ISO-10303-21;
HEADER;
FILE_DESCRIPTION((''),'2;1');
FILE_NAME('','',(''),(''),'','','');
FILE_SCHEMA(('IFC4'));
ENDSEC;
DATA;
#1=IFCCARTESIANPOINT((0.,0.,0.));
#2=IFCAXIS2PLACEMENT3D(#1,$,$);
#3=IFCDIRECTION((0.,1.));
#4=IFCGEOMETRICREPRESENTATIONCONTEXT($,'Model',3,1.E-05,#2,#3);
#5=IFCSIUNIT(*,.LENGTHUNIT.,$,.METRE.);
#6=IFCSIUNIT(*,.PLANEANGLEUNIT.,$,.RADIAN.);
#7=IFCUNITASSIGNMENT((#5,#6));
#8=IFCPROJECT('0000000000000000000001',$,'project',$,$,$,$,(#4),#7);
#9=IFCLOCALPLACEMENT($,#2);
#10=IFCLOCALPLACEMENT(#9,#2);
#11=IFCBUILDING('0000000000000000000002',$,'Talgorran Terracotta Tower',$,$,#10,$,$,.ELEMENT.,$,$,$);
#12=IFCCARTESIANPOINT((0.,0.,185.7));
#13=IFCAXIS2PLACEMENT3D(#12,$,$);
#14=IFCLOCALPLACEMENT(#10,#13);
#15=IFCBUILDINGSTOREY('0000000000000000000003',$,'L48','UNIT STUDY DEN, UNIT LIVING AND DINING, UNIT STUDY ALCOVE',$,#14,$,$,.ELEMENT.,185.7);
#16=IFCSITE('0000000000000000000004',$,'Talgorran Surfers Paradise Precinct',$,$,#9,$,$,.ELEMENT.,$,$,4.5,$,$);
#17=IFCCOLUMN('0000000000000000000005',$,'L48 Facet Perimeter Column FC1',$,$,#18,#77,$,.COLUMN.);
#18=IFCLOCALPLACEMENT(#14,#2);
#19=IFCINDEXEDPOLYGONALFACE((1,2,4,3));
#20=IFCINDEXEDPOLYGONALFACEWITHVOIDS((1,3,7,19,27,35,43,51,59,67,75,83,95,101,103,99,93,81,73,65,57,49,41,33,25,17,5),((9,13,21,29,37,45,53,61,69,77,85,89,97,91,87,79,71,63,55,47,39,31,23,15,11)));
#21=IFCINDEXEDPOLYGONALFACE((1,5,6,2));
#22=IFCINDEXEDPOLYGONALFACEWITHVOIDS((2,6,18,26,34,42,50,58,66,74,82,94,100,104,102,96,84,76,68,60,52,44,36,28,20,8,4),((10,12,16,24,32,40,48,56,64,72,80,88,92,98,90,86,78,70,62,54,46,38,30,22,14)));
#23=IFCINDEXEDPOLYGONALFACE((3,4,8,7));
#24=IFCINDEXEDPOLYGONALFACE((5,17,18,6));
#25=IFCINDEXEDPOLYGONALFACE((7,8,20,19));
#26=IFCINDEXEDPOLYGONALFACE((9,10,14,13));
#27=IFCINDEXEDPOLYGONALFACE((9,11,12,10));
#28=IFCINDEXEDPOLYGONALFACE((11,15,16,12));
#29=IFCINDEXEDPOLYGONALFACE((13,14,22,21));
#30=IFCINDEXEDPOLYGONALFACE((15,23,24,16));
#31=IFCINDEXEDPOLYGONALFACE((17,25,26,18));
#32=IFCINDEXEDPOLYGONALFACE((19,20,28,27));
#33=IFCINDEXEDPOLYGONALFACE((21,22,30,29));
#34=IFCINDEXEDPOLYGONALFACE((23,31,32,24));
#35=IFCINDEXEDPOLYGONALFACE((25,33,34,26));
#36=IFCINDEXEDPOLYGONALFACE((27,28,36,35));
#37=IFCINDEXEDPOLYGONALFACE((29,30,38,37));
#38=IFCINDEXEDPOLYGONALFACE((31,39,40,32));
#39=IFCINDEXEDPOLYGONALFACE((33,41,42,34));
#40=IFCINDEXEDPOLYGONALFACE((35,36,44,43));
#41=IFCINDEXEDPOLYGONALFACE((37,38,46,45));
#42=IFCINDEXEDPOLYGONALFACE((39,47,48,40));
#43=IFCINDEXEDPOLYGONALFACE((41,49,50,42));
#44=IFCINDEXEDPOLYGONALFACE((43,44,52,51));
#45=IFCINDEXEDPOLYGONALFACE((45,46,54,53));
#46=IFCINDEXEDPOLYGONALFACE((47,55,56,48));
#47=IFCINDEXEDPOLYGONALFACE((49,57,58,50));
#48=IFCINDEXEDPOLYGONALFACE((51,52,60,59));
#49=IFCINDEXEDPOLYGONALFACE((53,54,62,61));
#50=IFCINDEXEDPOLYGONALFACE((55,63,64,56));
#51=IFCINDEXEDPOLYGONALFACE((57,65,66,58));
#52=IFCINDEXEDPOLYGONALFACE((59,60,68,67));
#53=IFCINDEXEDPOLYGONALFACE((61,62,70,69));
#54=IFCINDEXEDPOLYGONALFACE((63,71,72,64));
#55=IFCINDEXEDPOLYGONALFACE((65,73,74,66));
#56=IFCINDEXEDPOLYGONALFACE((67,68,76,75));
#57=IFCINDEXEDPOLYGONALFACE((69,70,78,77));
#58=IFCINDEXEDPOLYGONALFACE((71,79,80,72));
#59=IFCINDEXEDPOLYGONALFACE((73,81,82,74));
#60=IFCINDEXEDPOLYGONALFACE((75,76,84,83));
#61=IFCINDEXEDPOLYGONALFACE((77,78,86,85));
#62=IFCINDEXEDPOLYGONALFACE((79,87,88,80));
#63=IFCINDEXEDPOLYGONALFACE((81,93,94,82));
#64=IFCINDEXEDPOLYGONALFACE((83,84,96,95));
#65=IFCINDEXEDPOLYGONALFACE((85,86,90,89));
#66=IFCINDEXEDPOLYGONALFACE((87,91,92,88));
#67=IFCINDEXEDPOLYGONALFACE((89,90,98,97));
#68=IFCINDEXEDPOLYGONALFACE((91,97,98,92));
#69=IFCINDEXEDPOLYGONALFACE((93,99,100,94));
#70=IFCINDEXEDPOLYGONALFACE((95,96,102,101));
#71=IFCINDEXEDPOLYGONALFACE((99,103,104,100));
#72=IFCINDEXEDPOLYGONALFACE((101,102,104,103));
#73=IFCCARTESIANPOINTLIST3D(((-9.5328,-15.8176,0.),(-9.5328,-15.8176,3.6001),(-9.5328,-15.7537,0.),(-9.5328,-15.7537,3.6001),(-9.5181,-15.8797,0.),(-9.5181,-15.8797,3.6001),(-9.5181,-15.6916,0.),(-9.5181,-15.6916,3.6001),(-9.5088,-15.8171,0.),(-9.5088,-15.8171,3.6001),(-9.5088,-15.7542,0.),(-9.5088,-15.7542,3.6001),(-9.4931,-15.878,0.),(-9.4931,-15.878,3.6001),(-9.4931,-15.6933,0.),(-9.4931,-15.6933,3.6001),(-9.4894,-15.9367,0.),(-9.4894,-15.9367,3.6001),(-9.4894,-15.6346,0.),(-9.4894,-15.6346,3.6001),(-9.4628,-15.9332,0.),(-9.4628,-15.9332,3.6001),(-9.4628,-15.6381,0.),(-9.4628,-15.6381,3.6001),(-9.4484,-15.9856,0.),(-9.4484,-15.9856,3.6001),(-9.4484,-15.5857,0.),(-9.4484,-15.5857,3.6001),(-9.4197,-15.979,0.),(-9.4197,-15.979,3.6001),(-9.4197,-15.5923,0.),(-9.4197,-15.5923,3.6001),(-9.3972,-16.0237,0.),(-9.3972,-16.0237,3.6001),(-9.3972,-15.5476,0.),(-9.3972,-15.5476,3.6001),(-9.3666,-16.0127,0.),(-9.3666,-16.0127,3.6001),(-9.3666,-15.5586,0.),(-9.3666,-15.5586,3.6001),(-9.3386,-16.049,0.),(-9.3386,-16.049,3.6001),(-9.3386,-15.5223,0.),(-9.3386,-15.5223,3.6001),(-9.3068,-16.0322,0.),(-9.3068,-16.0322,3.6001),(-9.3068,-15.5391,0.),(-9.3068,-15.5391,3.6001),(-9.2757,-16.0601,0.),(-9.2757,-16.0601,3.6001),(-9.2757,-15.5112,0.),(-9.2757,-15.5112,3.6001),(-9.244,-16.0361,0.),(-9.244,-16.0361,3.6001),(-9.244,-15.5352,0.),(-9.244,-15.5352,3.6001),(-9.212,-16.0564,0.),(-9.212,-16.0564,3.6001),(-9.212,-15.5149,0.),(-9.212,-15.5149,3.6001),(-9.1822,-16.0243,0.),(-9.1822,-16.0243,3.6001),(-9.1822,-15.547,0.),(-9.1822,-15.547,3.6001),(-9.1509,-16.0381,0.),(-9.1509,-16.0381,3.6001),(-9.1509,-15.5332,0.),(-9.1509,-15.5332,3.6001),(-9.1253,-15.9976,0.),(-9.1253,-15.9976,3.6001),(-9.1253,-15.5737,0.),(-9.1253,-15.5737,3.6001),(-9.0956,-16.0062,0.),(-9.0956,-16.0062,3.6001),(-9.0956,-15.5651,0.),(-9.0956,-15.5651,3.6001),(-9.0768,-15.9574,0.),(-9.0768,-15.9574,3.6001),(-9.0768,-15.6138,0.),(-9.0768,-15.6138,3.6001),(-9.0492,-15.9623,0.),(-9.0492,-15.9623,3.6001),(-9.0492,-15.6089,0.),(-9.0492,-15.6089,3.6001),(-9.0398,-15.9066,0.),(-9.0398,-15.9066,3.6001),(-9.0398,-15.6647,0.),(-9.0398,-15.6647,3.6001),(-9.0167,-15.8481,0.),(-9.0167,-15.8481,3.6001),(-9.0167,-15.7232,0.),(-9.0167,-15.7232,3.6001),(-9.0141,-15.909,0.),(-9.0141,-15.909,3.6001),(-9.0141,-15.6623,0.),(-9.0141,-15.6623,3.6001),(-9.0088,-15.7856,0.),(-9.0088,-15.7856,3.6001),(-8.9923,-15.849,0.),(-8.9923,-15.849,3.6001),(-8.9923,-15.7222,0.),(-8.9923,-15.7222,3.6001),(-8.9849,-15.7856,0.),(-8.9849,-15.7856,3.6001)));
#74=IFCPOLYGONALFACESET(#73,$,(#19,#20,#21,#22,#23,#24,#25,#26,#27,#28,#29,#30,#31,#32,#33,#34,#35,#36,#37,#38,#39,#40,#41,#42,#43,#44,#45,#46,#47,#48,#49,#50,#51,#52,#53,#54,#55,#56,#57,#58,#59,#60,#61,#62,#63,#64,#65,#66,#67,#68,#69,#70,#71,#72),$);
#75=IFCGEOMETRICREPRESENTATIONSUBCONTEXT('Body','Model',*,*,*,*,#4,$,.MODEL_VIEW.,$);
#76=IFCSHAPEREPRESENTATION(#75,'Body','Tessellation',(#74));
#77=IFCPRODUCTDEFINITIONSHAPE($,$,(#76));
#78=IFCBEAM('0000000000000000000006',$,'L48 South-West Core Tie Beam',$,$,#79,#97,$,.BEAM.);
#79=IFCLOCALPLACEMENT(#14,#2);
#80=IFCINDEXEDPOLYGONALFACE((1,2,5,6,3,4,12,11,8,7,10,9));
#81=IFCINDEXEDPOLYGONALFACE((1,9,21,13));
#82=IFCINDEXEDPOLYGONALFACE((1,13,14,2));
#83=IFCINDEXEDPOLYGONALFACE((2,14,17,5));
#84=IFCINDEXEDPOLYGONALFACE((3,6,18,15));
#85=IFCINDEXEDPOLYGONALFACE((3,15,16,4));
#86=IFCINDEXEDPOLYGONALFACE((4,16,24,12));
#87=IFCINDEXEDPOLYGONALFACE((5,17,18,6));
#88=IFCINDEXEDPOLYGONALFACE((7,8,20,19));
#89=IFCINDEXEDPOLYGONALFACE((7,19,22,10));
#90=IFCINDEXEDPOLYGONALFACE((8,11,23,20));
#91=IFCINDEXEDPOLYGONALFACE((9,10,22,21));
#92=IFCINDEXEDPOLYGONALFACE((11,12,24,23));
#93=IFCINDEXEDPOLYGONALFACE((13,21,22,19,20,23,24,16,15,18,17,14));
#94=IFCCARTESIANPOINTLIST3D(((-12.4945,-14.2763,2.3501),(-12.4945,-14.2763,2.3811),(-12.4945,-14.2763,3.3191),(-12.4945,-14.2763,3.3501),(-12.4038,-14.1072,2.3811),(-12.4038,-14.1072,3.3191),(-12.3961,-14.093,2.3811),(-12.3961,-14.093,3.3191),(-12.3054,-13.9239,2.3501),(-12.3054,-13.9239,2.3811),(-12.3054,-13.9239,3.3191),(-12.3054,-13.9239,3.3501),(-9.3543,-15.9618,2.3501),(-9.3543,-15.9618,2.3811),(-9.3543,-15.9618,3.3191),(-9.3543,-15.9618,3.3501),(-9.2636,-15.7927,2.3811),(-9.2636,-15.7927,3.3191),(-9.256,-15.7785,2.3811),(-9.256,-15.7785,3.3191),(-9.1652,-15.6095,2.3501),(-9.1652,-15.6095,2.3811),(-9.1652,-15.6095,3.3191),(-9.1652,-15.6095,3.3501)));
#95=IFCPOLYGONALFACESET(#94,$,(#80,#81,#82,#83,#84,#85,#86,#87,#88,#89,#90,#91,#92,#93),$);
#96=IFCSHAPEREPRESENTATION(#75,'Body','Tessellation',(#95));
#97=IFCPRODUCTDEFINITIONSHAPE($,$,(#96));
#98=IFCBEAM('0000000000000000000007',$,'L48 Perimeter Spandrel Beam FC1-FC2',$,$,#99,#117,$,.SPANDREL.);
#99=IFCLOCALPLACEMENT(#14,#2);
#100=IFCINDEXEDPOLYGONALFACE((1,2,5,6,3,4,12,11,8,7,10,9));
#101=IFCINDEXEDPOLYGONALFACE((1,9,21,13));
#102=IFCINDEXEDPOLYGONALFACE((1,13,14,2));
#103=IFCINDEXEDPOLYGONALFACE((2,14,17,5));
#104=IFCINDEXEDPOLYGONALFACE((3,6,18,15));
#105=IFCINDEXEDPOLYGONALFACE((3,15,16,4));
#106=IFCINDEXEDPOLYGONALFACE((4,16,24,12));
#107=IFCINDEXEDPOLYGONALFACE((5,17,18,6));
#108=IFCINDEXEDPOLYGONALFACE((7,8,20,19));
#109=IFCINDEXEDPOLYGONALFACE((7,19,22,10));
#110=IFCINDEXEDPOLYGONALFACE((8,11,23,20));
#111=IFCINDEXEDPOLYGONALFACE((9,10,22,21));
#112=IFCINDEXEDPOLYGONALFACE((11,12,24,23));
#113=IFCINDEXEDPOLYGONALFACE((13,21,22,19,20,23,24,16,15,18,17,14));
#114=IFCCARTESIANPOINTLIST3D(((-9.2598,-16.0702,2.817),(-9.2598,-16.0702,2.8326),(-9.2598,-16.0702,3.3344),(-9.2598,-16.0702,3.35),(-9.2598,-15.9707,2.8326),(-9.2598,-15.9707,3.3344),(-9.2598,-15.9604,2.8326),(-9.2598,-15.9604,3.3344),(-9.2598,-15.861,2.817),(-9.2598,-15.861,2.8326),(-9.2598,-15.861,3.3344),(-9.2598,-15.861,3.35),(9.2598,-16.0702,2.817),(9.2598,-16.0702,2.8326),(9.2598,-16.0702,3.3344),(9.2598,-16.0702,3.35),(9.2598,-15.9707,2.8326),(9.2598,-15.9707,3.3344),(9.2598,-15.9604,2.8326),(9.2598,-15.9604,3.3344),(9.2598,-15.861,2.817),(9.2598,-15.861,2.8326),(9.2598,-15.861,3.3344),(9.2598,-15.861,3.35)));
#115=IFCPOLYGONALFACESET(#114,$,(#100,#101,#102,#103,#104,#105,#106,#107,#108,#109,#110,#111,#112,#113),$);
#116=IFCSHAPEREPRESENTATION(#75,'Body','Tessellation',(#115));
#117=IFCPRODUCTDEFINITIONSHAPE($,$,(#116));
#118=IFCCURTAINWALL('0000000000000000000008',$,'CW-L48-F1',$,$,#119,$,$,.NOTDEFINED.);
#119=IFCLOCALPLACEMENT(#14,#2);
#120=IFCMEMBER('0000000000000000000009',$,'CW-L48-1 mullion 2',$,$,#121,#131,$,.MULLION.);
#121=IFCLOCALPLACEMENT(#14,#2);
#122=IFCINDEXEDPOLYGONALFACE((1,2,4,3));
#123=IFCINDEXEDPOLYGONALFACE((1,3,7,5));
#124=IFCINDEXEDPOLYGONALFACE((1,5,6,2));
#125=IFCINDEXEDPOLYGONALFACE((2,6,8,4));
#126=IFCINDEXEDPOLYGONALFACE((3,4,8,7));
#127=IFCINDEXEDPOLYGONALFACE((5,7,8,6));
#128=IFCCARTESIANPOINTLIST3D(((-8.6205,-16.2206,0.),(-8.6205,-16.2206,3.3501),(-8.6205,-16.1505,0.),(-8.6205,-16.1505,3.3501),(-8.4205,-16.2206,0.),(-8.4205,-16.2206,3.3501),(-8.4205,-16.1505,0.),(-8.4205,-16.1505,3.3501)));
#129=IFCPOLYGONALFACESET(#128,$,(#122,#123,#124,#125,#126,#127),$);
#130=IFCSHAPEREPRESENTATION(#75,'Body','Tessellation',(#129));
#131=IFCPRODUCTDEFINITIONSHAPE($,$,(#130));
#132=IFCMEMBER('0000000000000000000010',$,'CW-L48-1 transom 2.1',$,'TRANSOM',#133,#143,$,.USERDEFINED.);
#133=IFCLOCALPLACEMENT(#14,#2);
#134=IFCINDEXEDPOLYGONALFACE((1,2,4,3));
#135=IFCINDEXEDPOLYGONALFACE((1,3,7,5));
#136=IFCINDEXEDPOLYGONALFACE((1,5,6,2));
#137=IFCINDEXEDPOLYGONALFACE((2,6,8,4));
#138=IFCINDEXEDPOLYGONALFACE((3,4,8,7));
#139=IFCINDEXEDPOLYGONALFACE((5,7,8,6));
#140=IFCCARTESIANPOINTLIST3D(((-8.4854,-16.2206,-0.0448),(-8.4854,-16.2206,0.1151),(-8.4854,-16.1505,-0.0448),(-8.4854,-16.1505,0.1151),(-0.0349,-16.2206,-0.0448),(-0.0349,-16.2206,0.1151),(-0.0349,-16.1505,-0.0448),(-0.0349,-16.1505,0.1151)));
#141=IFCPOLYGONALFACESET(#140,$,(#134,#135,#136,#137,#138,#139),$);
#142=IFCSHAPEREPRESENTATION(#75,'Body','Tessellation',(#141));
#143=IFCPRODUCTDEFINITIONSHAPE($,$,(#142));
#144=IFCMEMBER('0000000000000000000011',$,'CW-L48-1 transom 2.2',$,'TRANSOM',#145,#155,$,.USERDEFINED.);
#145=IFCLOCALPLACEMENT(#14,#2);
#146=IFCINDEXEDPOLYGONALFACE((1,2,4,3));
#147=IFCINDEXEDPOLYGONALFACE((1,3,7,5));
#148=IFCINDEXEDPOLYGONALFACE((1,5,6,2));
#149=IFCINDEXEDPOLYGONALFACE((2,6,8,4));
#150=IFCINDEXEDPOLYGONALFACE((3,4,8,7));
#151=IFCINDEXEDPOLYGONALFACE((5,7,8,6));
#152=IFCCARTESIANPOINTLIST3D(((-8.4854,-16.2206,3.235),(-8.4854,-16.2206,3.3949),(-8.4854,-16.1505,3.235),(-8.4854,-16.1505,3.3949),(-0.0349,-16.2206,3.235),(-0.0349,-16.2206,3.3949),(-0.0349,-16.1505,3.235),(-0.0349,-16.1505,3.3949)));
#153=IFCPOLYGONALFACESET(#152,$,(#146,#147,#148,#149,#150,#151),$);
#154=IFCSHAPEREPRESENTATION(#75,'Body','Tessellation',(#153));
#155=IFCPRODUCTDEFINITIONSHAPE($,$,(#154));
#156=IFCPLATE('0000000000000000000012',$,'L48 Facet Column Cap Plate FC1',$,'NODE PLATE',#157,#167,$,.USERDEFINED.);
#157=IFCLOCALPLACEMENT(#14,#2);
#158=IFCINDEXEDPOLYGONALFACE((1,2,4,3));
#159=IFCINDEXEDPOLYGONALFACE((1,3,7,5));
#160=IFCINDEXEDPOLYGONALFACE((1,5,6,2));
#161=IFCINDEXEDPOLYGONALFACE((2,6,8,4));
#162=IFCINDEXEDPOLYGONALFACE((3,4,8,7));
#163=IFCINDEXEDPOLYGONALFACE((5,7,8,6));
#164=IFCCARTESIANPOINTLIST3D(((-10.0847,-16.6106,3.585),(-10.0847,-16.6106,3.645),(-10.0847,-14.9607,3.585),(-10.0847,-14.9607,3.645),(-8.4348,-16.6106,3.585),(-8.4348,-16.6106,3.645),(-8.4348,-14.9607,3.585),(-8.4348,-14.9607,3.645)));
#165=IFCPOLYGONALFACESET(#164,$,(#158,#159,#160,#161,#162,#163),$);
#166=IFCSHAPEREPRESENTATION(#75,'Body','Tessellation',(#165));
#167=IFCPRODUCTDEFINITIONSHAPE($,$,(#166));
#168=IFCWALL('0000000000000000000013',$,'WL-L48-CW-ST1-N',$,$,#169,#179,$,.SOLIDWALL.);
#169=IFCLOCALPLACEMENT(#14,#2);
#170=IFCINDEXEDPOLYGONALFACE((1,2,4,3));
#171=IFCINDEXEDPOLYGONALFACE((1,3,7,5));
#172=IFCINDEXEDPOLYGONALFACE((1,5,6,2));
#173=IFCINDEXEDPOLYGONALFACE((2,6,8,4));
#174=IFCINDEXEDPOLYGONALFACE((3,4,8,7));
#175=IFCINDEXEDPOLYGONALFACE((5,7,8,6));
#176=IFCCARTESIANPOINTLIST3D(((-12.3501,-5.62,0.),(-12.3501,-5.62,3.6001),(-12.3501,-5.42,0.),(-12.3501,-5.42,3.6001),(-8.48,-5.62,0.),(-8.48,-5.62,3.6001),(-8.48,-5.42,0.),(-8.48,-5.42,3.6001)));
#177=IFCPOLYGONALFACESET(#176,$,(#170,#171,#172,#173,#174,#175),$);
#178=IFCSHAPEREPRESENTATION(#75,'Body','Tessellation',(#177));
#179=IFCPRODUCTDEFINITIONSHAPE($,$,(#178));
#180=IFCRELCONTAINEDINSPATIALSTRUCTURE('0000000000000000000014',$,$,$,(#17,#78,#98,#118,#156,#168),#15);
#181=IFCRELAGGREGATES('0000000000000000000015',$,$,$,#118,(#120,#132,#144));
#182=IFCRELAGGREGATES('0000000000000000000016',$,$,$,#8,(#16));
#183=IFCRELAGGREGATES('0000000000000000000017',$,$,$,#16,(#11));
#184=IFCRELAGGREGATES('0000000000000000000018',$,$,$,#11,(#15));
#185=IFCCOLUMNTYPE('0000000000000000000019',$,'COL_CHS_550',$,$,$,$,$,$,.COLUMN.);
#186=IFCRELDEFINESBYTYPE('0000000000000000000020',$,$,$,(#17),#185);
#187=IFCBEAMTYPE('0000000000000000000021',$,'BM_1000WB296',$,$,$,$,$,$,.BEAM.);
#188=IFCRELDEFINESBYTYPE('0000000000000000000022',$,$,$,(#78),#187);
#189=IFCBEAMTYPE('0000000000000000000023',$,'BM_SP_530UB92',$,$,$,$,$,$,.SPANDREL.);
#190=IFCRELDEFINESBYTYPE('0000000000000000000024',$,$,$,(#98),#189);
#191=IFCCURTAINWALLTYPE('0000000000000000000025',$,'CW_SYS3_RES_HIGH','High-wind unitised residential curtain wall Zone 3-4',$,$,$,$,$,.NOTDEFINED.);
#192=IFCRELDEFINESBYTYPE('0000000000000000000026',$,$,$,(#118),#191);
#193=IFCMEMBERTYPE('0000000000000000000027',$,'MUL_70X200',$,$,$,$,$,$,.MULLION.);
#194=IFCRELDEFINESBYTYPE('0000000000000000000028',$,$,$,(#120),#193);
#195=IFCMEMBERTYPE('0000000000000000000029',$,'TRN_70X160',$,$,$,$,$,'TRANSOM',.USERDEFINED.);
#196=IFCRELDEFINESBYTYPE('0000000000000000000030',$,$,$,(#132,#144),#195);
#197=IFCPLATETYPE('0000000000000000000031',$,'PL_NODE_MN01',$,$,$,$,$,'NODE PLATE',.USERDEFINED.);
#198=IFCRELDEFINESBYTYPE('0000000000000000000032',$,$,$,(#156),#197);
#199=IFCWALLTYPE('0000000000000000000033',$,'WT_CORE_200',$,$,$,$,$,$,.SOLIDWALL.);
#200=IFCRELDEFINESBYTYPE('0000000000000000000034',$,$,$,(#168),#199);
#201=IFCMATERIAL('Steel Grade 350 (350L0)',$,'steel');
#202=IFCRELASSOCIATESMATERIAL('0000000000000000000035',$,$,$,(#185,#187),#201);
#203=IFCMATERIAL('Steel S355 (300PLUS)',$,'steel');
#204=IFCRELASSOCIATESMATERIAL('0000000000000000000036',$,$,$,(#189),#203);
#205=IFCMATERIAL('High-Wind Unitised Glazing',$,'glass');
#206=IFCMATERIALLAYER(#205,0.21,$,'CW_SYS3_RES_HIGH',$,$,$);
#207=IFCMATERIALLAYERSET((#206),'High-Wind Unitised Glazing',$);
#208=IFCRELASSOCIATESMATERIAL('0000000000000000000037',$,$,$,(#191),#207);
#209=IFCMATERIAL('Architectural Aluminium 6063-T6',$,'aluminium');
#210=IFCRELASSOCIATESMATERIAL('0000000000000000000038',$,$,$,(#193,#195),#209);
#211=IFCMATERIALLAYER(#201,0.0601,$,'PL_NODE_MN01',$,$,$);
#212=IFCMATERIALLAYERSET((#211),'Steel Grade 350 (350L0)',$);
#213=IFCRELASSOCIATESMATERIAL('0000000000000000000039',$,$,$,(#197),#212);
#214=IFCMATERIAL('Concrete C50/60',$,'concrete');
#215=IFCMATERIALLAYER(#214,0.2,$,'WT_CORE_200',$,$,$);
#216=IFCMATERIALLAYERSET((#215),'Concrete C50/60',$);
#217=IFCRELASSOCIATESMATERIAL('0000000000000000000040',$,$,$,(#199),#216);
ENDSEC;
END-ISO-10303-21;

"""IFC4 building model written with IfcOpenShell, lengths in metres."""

from ifc_helpers import new_model, si_unit, direction, frame, frame_2d, origin, origin_2d, place, context, subcontext, project, spatial, rectangle, hollow_circle, i_section, extrude, material, layer, layer_set, material_profile, profile_set, type_object, element, aggregate, save


model = new_model("IFC4")

# Units and contexts
model_context = context("Model", 3, precision=1e-05, world=origin(), true_north=direction((0.0, 1.0)))
body_context = subcontext(model_context, "Body", "Model", "MODEL_VIEW")
ifc_project = project(units=[si_unit("LENGTHUNIT", "METRE"), si_unit("PLANEANGLEUNIT", "RADIAN")], contexts=[model_context])

# Site, building, storey
site_placement = place(None, origin())
site = spatial("IfcSite", under=ifc_project, at=site_placement, Name="Talgorran Surfers Paradise Precinct", CompositionType="ELEMENT", RefElevation=4.5)
building_placement = place(site_placement, origin())
building = spatial("IfcBuilding", under=site, at=building_placement, Name="Talgorran Terracotta Tower", CompositionType="ELEMENT")
storey_placement = place(building_placement, frame((0.0, 0.0, 185.7)))
storey = spatial("IfcBuildingStorey", under=building, at=storey_placement, Name="L48", Description="UNIT STUDY DEN, UNIT LIVING AND DINING, UNIT STUDY ALCOVE", CompositionType="ELEMENT", Elevation=185.7)

# Column
ifc_material_1 = material(Name="Steel Grade 350 (350L0)", Category="steel")
ifc_material_profile_1 = material_profile(ifc_material_1, hollow_circle(Radius=0.2749, WallThickness=0.0239, at=origin_2d()), Name="CHS550X24")
ifc_profile_set_1 = profile_set([ifc_material_profile_1], Name="Steel Grade 350 (350L0)")
column_type = type_object("IfcColumnType", Name="COL_CHS_550", PredefinedType="COLUMN", material=ifc_profile_set_1)
column_placement = place(storey_placement, frame((-9.2598, -15.7856, 0.0), z_axis=(0.0, 0.0, 1.0), x_axis=(1.0, 0.0, 0.0)))
element("IfcColumn", 1, at=column_placement, inside=storey, type_object=column_type, Name="L48 Facet Perimeter Column FC1", PredefinedType="COLUMN", context=body_context, shape_type="SweptSolid", body=[
    extrude(hollow_circle(Radius=0.2749, WallThickness=0.0239, at=origin_2d()), origin(), (0.0, 0.0, 1.0), 3.6001),
])

# Beams
ifc_material_profile_2 = material_profile(ifc_material_1, i_section(OverallWidth=0.3999, OverallDepth=1.0, WebThickness=0.0161, FlangeThickness=0.031, at=origin_2d()), Name="1000WB296")
ifc_profile_set_2 = profile_set([ifc_material_profile_2], Name="Steel Grade 350 (350L0)")
beam_type_1 = type_object("IfcBeamType", Name="BM_1000WB296", PredefinedType="BEAM", material=ifc_profile_set_2)
beam_1_placement = place(storey_placement, frame((-9.2598, -15.7856, 2.8501), z_axis=(-0.881091, 0.472947, 0.0), x_axis=(-0.472947, -0.881091, 0.0)))
element("IfcBeam", 2, at=beam_1_placement, inside=storey, type_object=beam_type_1, Name="L48 South-West Core Tie Beam", PredefinedType="BEAM", context=body_context, shape_type="SweptSolid", body=[
    extrude(i_section(OverallWidth=0.3999, OverallDepth=1.0, WebThickness=0.0161, FlangeThickness=0.031, at=origin_2d()), origin(), (0.0, 0.0, 1.0), 3.564),
])
ifc_material_2 = material(Name="Steel S355 (300PLUS)", Category="steel")
ifc_material_profile_3 = material_profile(ifc_material_2, i_section(OverallWidth=0.2092, OverallDepth=0.533, WebThickness=0.0103, FlangeThickness=0.0156, at=origin_2d()), Name="530UB92.4")
ifc_profile_set_3 = profile_set([ifc_material_profile_3], Name="Steel S355 (300PLUS)")
beam_type_2 = type_object("IfcBeamType", Name="BM_SP_530UB92", PredefinedType="SPANDREL", material=ifc_profile_set_3)
beam_2_placement = place(storey_placement, frame((-9.2598, -15.9656, 3.0835), z_axis=(1.0, 0.0, 0.0), x_axis=(0.0, 1.0, 0.0)))
element("IfcBeam", 3, at=beam_2_placement, inside=storey, type_object=beam_type_2, Name="L48 Perimeter Spandrel Beam FC1-FC2", PredefinedType="SPANDREL", context=body_context, shape_type="SweptSolid", body=[
    extrude(i_section(OverallWidth=0.2092, OverallDepth=0.533, WebThickness=0.0103, FlangeThickness=0.0156, at=origin_2d()), origin(), (0.0, 0.0, 1.0), 18.5195),
])

# Curtain wall, members
ifc_material_3 = material(Name="High-Wind Unitised Glazing", Category="glass")
ifc_layer_1 = layer(ifc_material_3, 0.21, Name="CW_SYS3_RES_HIGH")
ifc_layer_set_1 = layer_set([ifc_layer_1], Name="High-Wind Unitised Glazing")
curtain_wall_type = type_object("IfcCurtainWallType", Name="CW_SYS3_RES_HIGH", Description="High-wind unitised residential curtain wall Zone 3-4", PredefinedType="NOTDEFINED", material=ifc_layer_set_1)
curtain_wall_placement = place(storey_placement, origin())
curtain_wall = element("IfcCurtainWall", 4, at=curtain_wall_placement, inside=storey, type_object=curtain_wall_type, Name="CW-L48-F1", PredefinedType="NOTDEFINED")
ifc_material_4 = material(Name="Architectural Aluminium 6063-T6", Category="aluminium")
ifc_material_profile_4 = material_profile(ifc_material_4, rectangle(XDim=0.0701, YDim=0.2, at=origin_2d()), Name="CWM70X200")
ifc_profile_set_4 = profile_set([ifc_material_profile_4], Name="Architectural Aluminium 6063-T6")
member_type_1 = type_object("IfcMemberType", Name="MUL_70X200", PredefinedType="MULLION", material=ifc_profile_set_4)
member_1_placement = place(storey_placement, frame((-8.5205, -16.1855, 0.0), z_axis=(0.0, 0.0, 1.0), x_axis=(0.0, 1.0, 0.0)))
member_1 = element("IfcMember", 5, at=member_1_placement, type_object=member_type_1, Name="CW-L48-1 mullion 2", PredefinedType="MULLION", context=body_context, shape_type="SweptSolid", body=[
    extrude(rectangle(XDim=0.0701, YDim=0.2, at=origin_2d()), origin(), (0.0, 0.0, 1.0), 3.3501),
])
ifc_material_profile_5 = material_profile(ifc_material_4, rectangle(XDim=0.0701, YDim=0.1599, at=origin_2d()), Name="CWT70X160")
ifc_profile_set_5 = profile_set([ifc_material_profile_5], Name="Architectural Aluminium 6063-T6")
member_type_2 = type_object("IfcMemberType", Name="TRN_70X160", ElementType="TRANSOM", PredefinedType="USERDEFINED", material=ifc_profile_set_5)
member_2_placement = place(storey_placement, frame((-8.4854, -16.1855, 0.0352), z_axis=(1.0, 0.0, 0.0), x_axis=(0.0, 1.0, 0.0)))
member_2 = element("IfcMember", 6, at=member_2_placement, type_object=member_type_2, Name="CW-L48-1 transom 2.1", ObjectType="TRANSOM", PredefinedType="USERDEFINED", context=body_context, shape_type="SweptSolid", body=[
    extrude(rectangle(XDim=0.0701, YDim=0.1599, at=origin_2d()), origin(), (0.0, 0.0, 1.0), 8.4504),
])
member_3_placement = place(storey_placement, frame((-8.4854, -16.1855, 3.3149), z_axis=(1.0, 0.0, 0.0), x_axis=(0.0, 1.0, 0.0)))
member_3 = element("IfcMember", 7, at=member_3_placement, type_object=member_type_2, Name="CW-L48-1 transom 2.2", ObjectType="TRANSOM", PredefinedType="USERDEFINED", context=body_context, shape_type="SweptSolid", body=[
    extrude(rectangle(XDim=0.0701, YDim=0.1599, at=origin_2d()), origin(), (0.0, 0.0, 1.0), 8.4504),
])
aggregate(curtain_wall, [member_1, member_2, member_3])

# Plate
ifc_layer_2 = layer(ifc_material_1, 0.0601, Name="PL_NODE_MN01")
ifc_layer_set_2 = layer_set([ifc_layer_2], Name="Steel Grade 350 (350L0)")
plate_type = type_object("IfcPlateType", Name="PL_NODE_MN01", ElementType="NODE PLATE", PredefinedType="USERDEFINED", material=ifc_layer_set_2)
plate_placement = place(storey_placement, frame((-9.2598, -15.7856, 3.585), z_axis=(0.0, 0.0, 1.0), x_axis=(1.0, 0.0, 0.0)))
element("IfcPlate", 8, at=plate_placement, inside=storey, type_object=plate_type, Name="L48 Facet Column Cap Plate FC1", ObjectType="NODE PLATE", PredefinedType="USERDEFINED", context=body_context, shape_type="SweptSolid", body=[
    extrude(rectangle(XDim=1.6499, YDim=1.6499, at=origin_2d()), origin(), (0.0, 0.0, 1.0), 0.0601),
])

# Wall
ifc_material_5 = material(Name="Concrete C50/60", Category="concrete")
ifc_layer_3 = layer(ifc_material_5, 0.2, Name="WT_CORE_200")
ifc_layer_set_3 = layer_set([ifc_layer_3], Name="Concrete C50/60")
wall_type_1 = type_object("IfcWallType", Name="WT_CORE_200", PredefinedType="SOLIDWALL", material=ifc_layer_set_3)
for number, where, z_axis, x_axis, name in (
    (9, (-12.3501, -5.52, 0.0), (0.0, 0.0, 1.0), (1.0, 0.0, 0.0), "WL-L48-CW-ST1-N"),
):
    element("IfcWall", number, at=place(storey_placement, frame(where, z_axis=z_axis, x_axis=x_axis)), inside=storey, type_object=wall_type_1, Name=name, PredefinedType="SOLIDWALL", context=body_context, shape_type="SweptSolid", body=[
        extrude(rectangle(XDim=3.8701, YDim=0.2, at=frame_2d((1.9351, 0.0))), origin(), (0.0, 0.0, 1.0), 3.6001),
    ])

save(model, "model.ifc")
